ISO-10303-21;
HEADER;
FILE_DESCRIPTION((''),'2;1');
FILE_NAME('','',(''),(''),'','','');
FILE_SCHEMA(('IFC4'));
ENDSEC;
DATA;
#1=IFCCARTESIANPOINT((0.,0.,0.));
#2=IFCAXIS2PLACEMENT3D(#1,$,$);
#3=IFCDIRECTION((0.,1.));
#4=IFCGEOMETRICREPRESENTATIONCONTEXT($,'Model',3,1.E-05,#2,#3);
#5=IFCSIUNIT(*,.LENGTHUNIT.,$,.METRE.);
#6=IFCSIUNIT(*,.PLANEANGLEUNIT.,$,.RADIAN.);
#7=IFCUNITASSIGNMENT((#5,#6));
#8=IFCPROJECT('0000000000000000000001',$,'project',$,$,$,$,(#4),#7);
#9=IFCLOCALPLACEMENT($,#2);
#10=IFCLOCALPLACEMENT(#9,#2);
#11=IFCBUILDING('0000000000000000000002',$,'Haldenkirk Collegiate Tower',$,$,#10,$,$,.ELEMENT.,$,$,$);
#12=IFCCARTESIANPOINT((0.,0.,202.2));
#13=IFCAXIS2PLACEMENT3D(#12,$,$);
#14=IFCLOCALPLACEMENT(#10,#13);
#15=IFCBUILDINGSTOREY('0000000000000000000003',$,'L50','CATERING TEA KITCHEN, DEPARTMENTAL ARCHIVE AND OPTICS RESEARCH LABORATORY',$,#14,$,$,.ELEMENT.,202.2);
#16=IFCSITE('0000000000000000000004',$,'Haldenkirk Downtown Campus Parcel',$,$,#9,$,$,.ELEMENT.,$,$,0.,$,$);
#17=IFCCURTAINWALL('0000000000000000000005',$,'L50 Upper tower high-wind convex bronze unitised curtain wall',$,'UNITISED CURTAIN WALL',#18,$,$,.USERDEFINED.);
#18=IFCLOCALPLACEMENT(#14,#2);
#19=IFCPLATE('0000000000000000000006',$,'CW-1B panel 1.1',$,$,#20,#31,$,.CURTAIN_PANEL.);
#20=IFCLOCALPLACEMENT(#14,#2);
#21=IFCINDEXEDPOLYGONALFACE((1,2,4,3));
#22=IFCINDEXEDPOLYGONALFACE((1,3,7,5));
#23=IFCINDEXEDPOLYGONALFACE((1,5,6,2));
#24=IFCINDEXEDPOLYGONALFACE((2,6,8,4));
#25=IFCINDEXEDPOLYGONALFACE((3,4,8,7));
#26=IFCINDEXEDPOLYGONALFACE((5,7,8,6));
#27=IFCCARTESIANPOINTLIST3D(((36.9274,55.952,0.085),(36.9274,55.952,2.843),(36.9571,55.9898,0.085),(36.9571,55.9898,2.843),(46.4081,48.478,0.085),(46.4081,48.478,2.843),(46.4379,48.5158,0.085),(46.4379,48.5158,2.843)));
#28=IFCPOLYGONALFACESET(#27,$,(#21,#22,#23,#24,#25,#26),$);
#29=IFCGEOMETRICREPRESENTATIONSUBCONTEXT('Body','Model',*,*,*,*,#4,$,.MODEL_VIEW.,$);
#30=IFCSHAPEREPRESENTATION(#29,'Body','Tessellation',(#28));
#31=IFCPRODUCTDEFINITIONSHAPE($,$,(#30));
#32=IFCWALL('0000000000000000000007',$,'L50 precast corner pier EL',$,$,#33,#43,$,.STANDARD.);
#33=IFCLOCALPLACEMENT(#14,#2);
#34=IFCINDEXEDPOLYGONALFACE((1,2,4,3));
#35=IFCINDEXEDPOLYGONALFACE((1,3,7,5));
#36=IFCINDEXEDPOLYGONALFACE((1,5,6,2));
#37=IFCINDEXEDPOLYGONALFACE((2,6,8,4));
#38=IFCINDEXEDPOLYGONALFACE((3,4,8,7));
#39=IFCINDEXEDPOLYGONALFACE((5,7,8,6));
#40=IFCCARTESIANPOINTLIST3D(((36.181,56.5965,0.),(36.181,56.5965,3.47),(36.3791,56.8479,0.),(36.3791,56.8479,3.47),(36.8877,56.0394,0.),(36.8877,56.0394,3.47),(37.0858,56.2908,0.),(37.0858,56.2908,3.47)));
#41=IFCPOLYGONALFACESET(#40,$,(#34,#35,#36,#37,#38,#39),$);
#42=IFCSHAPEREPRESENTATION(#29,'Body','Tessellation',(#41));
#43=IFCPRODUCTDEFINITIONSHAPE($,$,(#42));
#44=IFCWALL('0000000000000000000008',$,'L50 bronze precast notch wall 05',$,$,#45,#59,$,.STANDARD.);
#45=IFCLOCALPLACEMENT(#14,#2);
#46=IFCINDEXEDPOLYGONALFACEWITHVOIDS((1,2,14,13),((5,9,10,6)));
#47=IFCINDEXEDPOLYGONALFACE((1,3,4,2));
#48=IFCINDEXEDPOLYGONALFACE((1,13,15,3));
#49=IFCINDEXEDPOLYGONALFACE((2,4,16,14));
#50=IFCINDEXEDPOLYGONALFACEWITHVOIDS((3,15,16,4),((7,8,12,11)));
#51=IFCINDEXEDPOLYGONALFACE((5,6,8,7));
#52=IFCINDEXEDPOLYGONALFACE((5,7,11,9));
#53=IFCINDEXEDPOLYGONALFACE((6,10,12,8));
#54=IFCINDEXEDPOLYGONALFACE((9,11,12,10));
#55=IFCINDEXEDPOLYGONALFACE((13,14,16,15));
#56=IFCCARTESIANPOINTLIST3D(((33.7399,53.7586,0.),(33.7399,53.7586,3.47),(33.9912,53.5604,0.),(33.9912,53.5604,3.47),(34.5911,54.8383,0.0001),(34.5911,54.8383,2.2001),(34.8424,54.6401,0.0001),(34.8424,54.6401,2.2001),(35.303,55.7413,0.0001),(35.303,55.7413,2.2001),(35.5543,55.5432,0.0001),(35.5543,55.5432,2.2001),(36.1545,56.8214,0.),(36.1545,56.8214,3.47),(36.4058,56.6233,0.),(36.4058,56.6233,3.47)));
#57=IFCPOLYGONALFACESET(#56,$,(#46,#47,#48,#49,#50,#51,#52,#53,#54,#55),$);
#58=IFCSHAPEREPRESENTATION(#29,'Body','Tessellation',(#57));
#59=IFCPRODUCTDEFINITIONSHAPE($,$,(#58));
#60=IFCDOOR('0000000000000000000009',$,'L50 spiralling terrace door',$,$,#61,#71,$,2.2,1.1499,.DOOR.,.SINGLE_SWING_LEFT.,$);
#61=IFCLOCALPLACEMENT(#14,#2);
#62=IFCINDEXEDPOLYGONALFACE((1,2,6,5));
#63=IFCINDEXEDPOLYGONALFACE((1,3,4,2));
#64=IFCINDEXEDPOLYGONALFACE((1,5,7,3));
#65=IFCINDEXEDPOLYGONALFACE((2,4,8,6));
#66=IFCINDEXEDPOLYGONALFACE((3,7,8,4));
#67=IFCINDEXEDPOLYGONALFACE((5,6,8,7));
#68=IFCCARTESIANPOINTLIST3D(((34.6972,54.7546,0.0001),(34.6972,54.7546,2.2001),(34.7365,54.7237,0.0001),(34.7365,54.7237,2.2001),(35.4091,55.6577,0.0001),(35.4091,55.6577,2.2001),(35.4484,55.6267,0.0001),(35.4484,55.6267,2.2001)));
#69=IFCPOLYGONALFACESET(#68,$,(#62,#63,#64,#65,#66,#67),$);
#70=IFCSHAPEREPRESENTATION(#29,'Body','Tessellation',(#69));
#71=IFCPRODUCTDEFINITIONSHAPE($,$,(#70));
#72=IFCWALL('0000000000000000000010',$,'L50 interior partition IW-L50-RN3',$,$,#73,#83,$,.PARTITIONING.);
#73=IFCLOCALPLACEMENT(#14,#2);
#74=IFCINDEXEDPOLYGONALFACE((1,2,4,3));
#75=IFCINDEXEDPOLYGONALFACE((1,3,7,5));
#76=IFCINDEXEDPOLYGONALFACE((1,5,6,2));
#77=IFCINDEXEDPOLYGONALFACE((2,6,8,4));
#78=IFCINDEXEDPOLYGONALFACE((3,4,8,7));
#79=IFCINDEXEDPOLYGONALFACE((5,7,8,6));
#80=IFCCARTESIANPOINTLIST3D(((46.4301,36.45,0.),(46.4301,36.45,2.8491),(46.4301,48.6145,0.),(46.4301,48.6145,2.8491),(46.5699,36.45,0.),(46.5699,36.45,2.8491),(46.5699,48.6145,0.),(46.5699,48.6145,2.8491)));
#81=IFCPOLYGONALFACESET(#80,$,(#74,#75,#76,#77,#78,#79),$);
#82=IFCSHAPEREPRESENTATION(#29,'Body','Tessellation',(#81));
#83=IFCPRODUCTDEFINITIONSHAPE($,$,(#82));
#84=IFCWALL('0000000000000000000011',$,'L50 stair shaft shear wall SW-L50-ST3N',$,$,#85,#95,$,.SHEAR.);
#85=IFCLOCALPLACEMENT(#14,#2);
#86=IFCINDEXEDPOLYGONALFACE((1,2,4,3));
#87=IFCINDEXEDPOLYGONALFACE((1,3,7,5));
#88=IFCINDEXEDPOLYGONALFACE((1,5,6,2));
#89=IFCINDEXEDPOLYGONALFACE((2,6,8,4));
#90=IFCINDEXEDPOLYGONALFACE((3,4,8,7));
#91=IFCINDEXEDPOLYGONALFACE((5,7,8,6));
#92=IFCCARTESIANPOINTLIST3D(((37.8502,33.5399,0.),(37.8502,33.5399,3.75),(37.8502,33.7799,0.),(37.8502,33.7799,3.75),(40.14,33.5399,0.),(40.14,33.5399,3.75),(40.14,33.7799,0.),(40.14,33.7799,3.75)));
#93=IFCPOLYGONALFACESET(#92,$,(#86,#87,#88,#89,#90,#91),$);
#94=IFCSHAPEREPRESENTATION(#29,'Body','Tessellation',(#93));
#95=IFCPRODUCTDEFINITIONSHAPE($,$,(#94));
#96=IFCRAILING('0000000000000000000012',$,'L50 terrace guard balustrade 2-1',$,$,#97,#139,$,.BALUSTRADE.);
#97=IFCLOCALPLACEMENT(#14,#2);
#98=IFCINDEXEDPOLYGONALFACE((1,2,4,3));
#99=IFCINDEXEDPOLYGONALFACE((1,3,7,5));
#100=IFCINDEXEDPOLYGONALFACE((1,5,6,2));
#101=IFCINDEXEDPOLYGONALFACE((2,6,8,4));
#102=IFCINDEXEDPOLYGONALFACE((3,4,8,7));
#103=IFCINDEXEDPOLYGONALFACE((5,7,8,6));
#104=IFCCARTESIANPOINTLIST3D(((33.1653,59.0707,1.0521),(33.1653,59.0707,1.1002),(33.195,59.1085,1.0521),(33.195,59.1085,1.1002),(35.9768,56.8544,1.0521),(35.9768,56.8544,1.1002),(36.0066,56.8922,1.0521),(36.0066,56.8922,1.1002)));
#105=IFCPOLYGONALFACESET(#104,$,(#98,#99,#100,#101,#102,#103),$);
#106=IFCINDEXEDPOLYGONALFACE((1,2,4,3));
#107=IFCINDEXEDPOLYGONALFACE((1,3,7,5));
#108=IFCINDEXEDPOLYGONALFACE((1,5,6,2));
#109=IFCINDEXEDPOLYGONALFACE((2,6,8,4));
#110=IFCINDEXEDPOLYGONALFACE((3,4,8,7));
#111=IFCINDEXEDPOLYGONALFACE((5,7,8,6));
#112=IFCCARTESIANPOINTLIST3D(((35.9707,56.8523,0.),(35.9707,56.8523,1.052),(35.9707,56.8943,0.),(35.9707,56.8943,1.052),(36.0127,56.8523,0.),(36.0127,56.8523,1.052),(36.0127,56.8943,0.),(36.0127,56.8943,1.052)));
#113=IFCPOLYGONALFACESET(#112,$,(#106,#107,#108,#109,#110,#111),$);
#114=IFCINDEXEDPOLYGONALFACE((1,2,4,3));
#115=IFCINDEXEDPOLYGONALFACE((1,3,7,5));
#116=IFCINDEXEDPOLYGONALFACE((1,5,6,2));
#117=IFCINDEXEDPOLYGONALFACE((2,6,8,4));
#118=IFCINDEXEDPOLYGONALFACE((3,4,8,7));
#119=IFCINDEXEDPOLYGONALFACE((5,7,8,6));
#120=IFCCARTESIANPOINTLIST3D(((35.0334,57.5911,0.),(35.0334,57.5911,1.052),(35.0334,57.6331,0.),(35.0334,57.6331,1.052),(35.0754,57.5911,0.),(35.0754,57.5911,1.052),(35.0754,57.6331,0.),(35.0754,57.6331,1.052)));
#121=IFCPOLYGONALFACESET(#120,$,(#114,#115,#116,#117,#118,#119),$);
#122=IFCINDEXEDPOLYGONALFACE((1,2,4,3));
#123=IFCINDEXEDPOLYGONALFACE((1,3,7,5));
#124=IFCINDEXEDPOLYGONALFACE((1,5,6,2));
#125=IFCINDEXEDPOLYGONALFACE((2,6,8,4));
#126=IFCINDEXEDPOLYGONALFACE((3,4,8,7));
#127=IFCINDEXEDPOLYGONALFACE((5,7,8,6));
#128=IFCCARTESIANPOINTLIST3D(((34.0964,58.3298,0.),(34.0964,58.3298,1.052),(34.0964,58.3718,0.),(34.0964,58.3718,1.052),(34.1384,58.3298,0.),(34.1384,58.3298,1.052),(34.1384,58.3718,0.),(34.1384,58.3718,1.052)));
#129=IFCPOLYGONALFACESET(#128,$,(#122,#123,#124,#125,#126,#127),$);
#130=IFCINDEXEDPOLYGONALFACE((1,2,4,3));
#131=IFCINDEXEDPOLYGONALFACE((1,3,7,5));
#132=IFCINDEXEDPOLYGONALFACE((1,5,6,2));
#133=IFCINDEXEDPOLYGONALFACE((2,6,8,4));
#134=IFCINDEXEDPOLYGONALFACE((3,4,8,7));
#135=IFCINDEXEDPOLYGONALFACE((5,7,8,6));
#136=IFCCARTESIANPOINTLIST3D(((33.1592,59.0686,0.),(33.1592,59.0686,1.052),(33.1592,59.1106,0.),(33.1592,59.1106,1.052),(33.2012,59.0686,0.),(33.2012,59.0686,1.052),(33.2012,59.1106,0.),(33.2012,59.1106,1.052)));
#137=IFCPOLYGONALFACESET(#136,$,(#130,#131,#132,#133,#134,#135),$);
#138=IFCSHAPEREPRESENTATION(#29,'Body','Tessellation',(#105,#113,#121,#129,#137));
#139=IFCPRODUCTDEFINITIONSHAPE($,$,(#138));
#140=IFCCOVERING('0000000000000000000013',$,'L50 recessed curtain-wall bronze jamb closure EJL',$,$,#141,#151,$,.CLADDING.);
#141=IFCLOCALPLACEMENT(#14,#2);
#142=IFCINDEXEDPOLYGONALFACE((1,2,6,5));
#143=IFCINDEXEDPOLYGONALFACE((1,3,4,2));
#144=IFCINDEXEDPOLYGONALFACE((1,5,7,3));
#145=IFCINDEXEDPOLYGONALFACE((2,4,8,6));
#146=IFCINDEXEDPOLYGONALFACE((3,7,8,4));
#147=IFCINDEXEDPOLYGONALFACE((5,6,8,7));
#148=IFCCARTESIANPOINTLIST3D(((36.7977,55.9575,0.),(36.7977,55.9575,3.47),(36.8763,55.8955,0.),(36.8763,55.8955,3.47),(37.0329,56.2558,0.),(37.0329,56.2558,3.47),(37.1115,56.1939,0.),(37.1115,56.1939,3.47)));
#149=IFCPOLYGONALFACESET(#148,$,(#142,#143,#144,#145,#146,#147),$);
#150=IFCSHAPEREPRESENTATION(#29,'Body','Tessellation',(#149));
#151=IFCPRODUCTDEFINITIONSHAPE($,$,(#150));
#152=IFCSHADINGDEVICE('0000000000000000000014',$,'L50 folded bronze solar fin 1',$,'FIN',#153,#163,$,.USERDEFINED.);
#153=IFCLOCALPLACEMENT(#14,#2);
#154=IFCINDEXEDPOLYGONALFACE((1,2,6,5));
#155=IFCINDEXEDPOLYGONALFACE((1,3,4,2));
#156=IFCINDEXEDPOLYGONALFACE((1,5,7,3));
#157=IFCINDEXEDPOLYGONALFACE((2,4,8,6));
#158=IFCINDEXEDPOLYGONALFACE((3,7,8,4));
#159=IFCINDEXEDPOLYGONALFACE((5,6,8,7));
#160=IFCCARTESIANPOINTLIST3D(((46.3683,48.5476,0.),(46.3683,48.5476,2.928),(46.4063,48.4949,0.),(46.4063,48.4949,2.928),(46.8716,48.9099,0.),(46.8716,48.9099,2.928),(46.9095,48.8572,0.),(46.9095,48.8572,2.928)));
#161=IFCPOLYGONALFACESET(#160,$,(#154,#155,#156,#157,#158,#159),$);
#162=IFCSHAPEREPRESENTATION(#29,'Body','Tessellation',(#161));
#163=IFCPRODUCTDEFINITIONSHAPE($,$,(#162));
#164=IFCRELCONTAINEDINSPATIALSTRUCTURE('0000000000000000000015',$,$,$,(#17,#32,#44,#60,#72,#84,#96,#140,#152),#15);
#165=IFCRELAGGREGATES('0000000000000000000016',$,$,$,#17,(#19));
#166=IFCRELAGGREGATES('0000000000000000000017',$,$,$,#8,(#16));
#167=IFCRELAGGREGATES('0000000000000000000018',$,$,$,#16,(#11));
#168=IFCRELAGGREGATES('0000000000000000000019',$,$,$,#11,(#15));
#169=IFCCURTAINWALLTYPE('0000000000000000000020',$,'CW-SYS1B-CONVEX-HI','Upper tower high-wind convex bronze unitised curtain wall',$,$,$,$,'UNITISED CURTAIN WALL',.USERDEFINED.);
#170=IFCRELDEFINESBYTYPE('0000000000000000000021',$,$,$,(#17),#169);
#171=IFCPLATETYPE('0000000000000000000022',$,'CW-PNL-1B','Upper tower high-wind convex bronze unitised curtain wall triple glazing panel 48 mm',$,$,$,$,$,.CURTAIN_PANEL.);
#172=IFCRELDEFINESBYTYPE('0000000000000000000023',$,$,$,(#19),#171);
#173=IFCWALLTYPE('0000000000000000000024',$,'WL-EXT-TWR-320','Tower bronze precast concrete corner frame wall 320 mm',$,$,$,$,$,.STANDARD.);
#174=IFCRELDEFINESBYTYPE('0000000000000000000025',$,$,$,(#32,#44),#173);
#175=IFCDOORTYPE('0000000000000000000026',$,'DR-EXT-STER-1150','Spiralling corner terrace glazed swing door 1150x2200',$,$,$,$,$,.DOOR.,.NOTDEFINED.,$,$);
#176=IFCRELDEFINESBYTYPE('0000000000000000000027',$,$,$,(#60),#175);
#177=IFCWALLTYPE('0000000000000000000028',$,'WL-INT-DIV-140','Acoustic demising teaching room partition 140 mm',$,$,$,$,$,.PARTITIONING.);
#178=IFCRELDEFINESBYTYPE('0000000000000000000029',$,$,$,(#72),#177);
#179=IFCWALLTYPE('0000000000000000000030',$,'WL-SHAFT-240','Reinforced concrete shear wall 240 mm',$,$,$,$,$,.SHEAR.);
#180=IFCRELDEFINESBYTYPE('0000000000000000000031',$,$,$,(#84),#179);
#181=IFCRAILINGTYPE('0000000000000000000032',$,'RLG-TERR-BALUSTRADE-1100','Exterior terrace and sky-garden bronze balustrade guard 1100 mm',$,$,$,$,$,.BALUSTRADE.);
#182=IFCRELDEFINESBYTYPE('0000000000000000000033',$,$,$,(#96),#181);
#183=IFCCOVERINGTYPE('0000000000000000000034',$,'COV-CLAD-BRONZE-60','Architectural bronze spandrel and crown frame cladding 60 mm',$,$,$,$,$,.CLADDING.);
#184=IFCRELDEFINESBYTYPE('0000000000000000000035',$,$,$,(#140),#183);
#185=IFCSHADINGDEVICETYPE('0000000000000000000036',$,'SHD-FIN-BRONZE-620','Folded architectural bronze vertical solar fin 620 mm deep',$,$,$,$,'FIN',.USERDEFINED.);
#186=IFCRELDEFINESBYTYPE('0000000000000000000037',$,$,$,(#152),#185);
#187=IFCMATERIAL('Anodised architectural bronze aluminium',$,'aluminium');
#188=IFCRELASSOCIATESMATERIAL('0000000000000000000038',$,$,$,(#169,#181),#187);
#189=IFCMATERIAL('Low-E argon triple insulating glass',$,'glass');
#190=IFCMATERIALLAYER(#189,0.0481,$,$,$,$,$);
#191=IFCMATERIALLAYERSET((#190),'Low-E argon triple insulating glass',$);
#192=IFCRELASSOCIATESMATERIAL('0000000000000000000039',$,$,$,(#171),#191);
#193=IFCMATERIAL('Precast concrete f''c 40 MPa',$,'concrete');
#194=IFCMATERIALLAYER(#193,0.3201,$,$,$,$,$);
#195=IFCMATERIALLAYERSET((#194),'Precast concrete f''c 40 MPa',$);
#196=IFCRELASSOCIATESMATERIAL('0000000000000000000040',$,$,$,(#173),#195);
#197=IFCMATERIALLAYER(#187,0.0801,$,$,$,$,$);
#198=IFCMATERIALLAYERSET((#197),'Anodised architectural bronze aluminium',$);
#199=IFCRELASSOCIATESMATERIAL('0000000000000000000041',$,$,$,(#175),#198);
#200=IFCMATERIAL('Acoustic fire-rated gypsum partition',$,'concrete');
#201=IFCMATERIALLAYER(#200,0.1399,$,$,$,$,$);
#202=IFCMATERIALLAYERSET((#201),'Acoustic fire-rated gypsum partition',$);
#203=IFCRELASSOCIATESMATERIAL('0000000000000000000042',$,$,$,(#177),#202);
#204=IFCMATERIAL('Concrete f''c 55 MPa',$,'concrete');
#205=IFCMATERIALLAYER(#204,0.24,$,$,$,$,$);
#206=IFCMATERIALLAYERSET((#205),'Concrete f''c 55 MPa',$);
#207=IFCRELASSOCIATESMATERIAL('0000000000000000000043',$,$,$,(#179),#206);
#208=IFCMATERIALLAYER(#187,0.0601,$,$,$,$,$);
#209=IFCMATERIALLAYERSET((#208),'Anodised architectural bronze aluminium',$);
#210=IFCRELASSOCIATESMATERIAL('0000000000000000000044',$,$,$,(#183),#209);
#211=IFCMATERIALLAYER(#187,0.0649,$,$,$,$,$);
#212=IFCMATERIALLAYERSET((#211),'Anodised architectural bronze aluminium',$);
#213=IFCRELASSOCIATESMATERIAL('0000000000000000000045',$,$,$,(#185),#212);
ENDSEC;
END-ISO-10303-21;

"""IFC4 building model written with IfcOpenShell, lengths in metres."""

from ifc_helpers import new_model, si_unit, direction, frame, frame_2d, origin, origin_2d, place, context, subcontext, project, spatial, rectangle, extrude, source, transform, mapped, material, layer, layer_set, type_object, element, fill, aggregate, save


model = new_model("IFC4")

# Units and contexts
model_context = context("Model", 3, precision=1e-05, world=origin(), true_north=direction((0.0, 1.0)))
body_context = subcontext(model_context, "Body", "Model", "MODEL_VIEW")
ifc_project = project(units=[si_unit("LENGTHUNIT", "METRE"), si_unit("PLANEANGLEUNIT", "RADIAN")], contexts=[model_context])

# Site, building, storey
site_placement = place(None, origin())
site = spatial("IfcSite", under=ifc_project, at=site_placement, Name="Haldenkirk Downtown Campus Parcel", CompositionType="ELEMENT", RefElevation=0.0)
building_placement = place(site_placement, origin())
building = spatial("IfcBuilding", under=site, at=building_placement, Name="Haldenkirk Collegiate Tower", CompositionType="ELEMENT")
storey_placement = place(building_placement, frame((0.0, 0.0, 202.2)))
storey = spatial("IfcBuildingStorey", under=building, at=storey_placement, Name="L50", Description="CATERING TEA KITCHEN, DEPARTMENTAL ARCHIVE AND OPTICS RESEARCH LABORATORY", CompositionType="ELEMENT", Elevation=202.2)

# Curtain wall, plate
ifc_material_1 = material(Name="Anodised architectural bronze aluminium", Category="aluminium")
curtain_wall_type = type_object("IfcCurtainWallType", Name="CW-SYS1B-CONVEX-HI", Description="Upper tower high-wind convex bronze unitised curtain wall", ElementType="UNITISED CURTAIN WALL", PredefinedType="USERDEFINED", material=ifc_material_1)
curtain_wall_placement = place(storey_placement, origin())
curtain_wall = element("IfcCurtainWall", 1, at=curtain_wall_placement, inside=storey, type_object=curtain_wall_type, Name="L50 Upper tower high-wind convex bronze unitised curtain wall", ObjectType="UNITISED CURTAIN WALL", PredefinedType="USERDEFINED")
ifc_material_2 = material(Name="Low-E argon triple insulating glass", Category="glass")
ifc_layer_1 = layer(ifc_material_2, 0.0481)
ifc_layer_set_1 = layer_set([ifc_layer_1], Name="Low-E argon triple insulating glass")
plate_type = type_object("IfcPlateType", Name="CW-PNL-1B", Description="Upper tower high-wind convex bronze unitised curtain wall triple glazing panel 48 mm", PredefinedType="CURTAIN_PANEL", material=ifc_layer_set_1)
shared_shape_1 = source(origin(), body_context, "Body", "SweptSolid", [
    extrude(rectangle(XDim=12.0725, YDim=0.0481, at=origin_2d()), origin(), (0.0, 0.0, 1.0), 2.7581),
])
plate_placement = place(storey_placement, frame((41.6826, 52.2339, 0.085), z_axis=(0.0, 0.0, 1.0), x_axis=(0.785317, -0.619093, 0.0)))
plate = element("IfcPlate", 2, at=plate_placement, type_object=plate_type, Name="CW-1B panel 1.1", PredefinedType="CURTAIN_PANEL", context=body_context, shape_type="MappedRepresentation", body=[
    mapped(shared_shape_1, transform((0.0, 0.0, 0.0), x_axis=(1.0, 0.0, 0.0), y_axis=(0.0, 1.0, 0.0), z_axis=(0.0, 0.0, 1.0), scale=1.0)),
])
aggregate(curtain_wall, [plate])

# Wall
ifc_material_3 = material(Name="Precast concrete f'c 40 MPa", Category="concrete")
ifc_layer_2 = layer(ifc_material_3, 0.3201)
ifc_layer_set_2 = layer_set([ifc_layer_2], Name="Precast concrete f'c 40 MPa")
wall_type_1 = type_object("IfcWallType", Name="WL-EXT-TWR-320", Description="Tower bronze precast concrete corner frame wall 320 mm", PredefinedType="STANDARD", material=ifc_layer_set_2)
wall_1_placement = place(storey_placement, frame((36.28, 56.7222, 0.0), z_axis=(0.0, 0.0, 1.0), x_axis=(0.785348, -0.619055, 0.0)))
element("IfcWall", 3, at=wall_1_placement, inside=storey, type_object=wall_type_1, Name="L50 precast corner pier EL", PredefinedType="STANDARD", context=body_context, shape_type="SweptSolid", body=[
    extrude(rectangle(XDim=0.8999, YDim=0.3201, at=frame_2d((0.45, 0.0))), origin(), (0.0, 0.0, 1.0), 3.47),
])

# Wall, opening, door
wall_2_placement = place(storey_placement, frame((33.8655, 53.6594, 0.0), z_axis=(0.0, 0.0, 1.0), x_axis=(0.619106, 0.785307, 0.0)))
wall_2 = element("IfcWall", 4, at=wall_2_placement, inside=storey, type_object=wall_type_1, Name="L50 bronze precast notch wall 05", PredefinedType="STANDARD", context=body_context, shape_type="SweptSolid", body=[
    extrude(rectangle(XDim=3.9001, YDim=0.3201, at=frame_2d((1.9502, 0.0))), origin(), (0.0, 0.0, 1.0), 3.47),
])
opening_placement = place(wall_2_placement, frame((1.375, 0.0, 0.0)))
opening = element("IfcOpeningElement", 5, at=opening_placement, cuts=wall_2, PredefinedType="OPENING", context=body_context, shape_type="SweptSolid", body=[
    extrude(rectangle(XDim=1.1499, YDim=2.2, at=frame_2d((0.575, 1.1001))), frame((0.0, 0.1699, 0.0), z_axis=(0.0, -1.0, 0.0), x_axis=(1.0, 0.0, 0.0)), (0.0, 0.0, 1.0), 0.3401),
])
ifc_layer_3 = layer(ifc_material_1, 0.0801)
ifc_layer_set_3 = layer_set([ifc_layer_3], Name="Anodised architectural bronze aluminium")
door_type = type_object("IfcDoorType", Name="DR-EXT-STER-1150", Description="Spiralling corner terrace glazed swing door 1150x2200", OperationType="NOTDEFINED", PredefinedType="DOOR", material=ifc_layer_set_3)
door_placement = place(opening_placement, origin())
door = element("IfcDoor", 6, at=door_placement, inside=storey, type_object=door_type, Name="L50 spiralling terrace door", OperationType="SINGLE_SWING_LEFT", OverallHeight=2.2, OverallWidth=1.1499, PredefinedType="DOOR", context=body_context, shape_type="SweptSolid", body=[
    extrude(rectangle(XDim=1.1499, YDim=2.2, at=frame_2d((0.575, 1.1001))), frame((0.0, 0.0249, 0.0), z_axis=(0.0, -1.0, 0.0), x_axis=(1.0, 0.0, 0.0)), (0.0, 0.0, 1.0), 0.05),
])
fill(opening, door)

# Walls
ifc_material_4 = material(Name="Acoustic fire-rated gypsum partition", Category="concrete")
ifc_layer_4 = layer(ifc_material_4, 0.1399)
ifc_layer_set_4 = layer_set([ifc_layer_4], Name="Acoustic fire-rated gypsum partition")
wall_type_2 = type_object("IfcWallType", Name="WL-INT-DIV-140", Description="Acoustic demising teaching room partition 140 mm", PredefinedType="PARTITIONING", material=ifc_layer_set_4)
wall_3_placement = place(storey_placement, frame((46.5, 36.45, 0.0), z_axis=(0.0, 0.0, 1.0), x_axis=(0.0, 1.0, 0.0)))
element("IfcWall", 7, at=wall_3_placement, inside=storey, type_object=wall_type_2, Name="L50 interior partition IW-L50-RN3", PredefinedType="PARTITIONING", context=body_context, shape_type="SweptSolid", body=[
    extrude(rectangle(XDim=12.1646, YDim=0.1399, at=frame_2d((6.0823, 0.0))), origin(), (0.0, 0.0, 1.0), 2.8491),
])
ifc_material_5 = material(Name="Concrete f'c 55 MPa", Category="concrete")
ifc_layer_5 = layer(ifc_material_5, 0.24)
ifc_layer_set_5 = layer_set([ifc_layer_5], Name="Concrete f'c 55 MPa")
wall_type_3 = type_object("IfcWallType", Name="WL-SHAFT-240", Description="Reinforced concrete shear wall 240 mm", PredefinedType="SHEAR", material=ifc_layer_set_5)
wall_4_placement = place(storey_placement, frame((37.8501, 33.6599, 0.0), z_axis=(0.0, 0.0, 1.0), x_axis=(1.0, 0.0, 0.0)))
element("IfcWall", 8, at=wall_4_placement, inside=storey, type_object=wall_type_3, Name="L50 stair shaft shear wall SW-L50-ST3N", PredefinedType="SHEAR", context=body_context, shape_type="SweptSolid", body=[
    extrude(rectangle(XDim=2.2898, YDim=0.24, at=frame_2d((1.145, 0.0))), origin(), (0.0, 0.0, 1.0), 3.75),
])

# Railing
railing_type = type_object("IfcRailingType", Name="RLG-TERR-BALUSTRADE-1100", Description="Exterior terrace and sky-garden bronze balustrade guard 1100 mm", PredefinedType="BALUSTRADE", material=ifc_material_1)
railing_placement = place(storey_placement, frame((35.9917, 56.8733, 0.0)))
element("IfcRailing", 9, at=railing_placement, inside=storey, type_object=railing_type, Name="L50 terrace guard balustrade 2-1", PredefinedType="BALUSTRADE", context=body_context, shape_type="SweptSolid", body=[
    extrude(rectangle(XDim=0.0481, YDim=0.0481, at=origin_2d()), frame((0.0, 0.0, 1.0762), z_axis=(-0.785333, 0.619074, 0.0), x_axis=(-0.619074, -0.785333, 0.0)), (0.0, 0.0, 1.0), 3.5801),
    extrude(rectangle(XDim=0.042, YDim=0.042, at=origin_2d()), origin(), (0.0, 0.0, 1.0), 1.052),
    extrude(rectangle(XDim=0.042, YDim=0.042, at=origin_2d()), frame((-0.9373, 0.7388, 0.0)), (0.0, 0.0, 1.0), 1.052),
    extrude(rectangle(XDim=0.042, YDim=0.042, at=origin_2d()), frame((-1.8743, 1.4775, 0.0)), (0.0, 0.0, 1.0), 1.052),
    extrude(rectangle(XDim=0.042, YDim=0.042, at=origin_2d()), frame((-2.8115, 2.2163, 0.0)), (0.0, 0.0, 1.0), 1.052),
])

# Covering
ifc_layer_6 = layer(ifc_material_1, 0.0601)
ifc_layer_set_6 = layer_set([ifc_layer_6], Name="Anodised architectural bronze aluminium")
covering_type = type_object("IfcCoveringType", Name="COV-CLAD-BRONZE-60", Description="Architectural bronze spandrel and crown frame cladding 60 mm", PredefinedType="CLADDING", material=ifc_layer_set_6)
shared_shape_2 = source(origin(), body_context, "Body", "SweptSolid", [
    extrude(rectangle(XDim=0.1001, YDim=0.3799, at=origin_2d()), origin(), (0.0, 0.0, 1.0), 3.47),
])
covering_placement = place(storey_placement, frame((36.9546, 56.0757, 0.0), z_axis=(0.0, 0.0, 1.0), x_axis=(0.785317, -0.619094, 0.0)))
element("IfcCovering", 10, at=covering_placement, inside=storey, type_object=covering_type, Name="L50 recessed curtain-wall bronze jamb closure EJL", PredefinedType="CLADDING", context=body_context, shape_type="MappedRepresentation", body=[
    mapped(shared_shape_2, transform((0.0, 0.0, 0.0), x_axis=(1.0, 0.0, 0.0), y_axis=(0.0, 1.0, 0.0), z_axis=(0.0, 0.0, 1.0), scale=1.0)),
])

# Shading device
ifc_layer_7 = layer(ifc_material_1, 0.0649)
ifc_layer_set_7 = layer_set([ifc_layer_7], Name="Anodised architectural bronze aluminium")
shading_device_type = type_object("IfcShadingDeviceType", Name="SHD-FIN-BRONZE-620", Description="Folded architectural bronze vertical solar fin 620 mm deep", ElementType="FIN", PredefinedType="USERDEFINED", material=ifc_layer_set_7)
shared_shape_3 = source(origin(), body_context, "Body", "SweptSolid", [
    extrude(rectangle(XDim=0.6201, YDim=0.0649, at=origin_2d()), origin(), (0.0, 0.0, 1.0), 2.928),
])
shading_device_placement = place(storey_placement, frame((46.6389, 48.7024, 0.0), z_axis=(0.0, 0.0, 1.0), x_axis=(0.811574, 0.58425, 0.0)))
element("IfcShadingDevice", 11, at=shading_device_placement, inside=storey, type_object=shading_device_type, Name="L50 folded bronze solar fin 1", ObjectType="FIN", PredefinedType="USERDEFINED", context=body_context, shape_type="MappedRepresentation", body=[
    mapped(shared_shape_3, transform((0.0, 0.0, 0.0), x_axis=(1.0, 0.0, 0.0), y_axis=(0.0, 1.0, 0.0), z_axis=(0.0, 0.0, 1.0), scale=1.0)),
])

save(model, "model.ifc")
